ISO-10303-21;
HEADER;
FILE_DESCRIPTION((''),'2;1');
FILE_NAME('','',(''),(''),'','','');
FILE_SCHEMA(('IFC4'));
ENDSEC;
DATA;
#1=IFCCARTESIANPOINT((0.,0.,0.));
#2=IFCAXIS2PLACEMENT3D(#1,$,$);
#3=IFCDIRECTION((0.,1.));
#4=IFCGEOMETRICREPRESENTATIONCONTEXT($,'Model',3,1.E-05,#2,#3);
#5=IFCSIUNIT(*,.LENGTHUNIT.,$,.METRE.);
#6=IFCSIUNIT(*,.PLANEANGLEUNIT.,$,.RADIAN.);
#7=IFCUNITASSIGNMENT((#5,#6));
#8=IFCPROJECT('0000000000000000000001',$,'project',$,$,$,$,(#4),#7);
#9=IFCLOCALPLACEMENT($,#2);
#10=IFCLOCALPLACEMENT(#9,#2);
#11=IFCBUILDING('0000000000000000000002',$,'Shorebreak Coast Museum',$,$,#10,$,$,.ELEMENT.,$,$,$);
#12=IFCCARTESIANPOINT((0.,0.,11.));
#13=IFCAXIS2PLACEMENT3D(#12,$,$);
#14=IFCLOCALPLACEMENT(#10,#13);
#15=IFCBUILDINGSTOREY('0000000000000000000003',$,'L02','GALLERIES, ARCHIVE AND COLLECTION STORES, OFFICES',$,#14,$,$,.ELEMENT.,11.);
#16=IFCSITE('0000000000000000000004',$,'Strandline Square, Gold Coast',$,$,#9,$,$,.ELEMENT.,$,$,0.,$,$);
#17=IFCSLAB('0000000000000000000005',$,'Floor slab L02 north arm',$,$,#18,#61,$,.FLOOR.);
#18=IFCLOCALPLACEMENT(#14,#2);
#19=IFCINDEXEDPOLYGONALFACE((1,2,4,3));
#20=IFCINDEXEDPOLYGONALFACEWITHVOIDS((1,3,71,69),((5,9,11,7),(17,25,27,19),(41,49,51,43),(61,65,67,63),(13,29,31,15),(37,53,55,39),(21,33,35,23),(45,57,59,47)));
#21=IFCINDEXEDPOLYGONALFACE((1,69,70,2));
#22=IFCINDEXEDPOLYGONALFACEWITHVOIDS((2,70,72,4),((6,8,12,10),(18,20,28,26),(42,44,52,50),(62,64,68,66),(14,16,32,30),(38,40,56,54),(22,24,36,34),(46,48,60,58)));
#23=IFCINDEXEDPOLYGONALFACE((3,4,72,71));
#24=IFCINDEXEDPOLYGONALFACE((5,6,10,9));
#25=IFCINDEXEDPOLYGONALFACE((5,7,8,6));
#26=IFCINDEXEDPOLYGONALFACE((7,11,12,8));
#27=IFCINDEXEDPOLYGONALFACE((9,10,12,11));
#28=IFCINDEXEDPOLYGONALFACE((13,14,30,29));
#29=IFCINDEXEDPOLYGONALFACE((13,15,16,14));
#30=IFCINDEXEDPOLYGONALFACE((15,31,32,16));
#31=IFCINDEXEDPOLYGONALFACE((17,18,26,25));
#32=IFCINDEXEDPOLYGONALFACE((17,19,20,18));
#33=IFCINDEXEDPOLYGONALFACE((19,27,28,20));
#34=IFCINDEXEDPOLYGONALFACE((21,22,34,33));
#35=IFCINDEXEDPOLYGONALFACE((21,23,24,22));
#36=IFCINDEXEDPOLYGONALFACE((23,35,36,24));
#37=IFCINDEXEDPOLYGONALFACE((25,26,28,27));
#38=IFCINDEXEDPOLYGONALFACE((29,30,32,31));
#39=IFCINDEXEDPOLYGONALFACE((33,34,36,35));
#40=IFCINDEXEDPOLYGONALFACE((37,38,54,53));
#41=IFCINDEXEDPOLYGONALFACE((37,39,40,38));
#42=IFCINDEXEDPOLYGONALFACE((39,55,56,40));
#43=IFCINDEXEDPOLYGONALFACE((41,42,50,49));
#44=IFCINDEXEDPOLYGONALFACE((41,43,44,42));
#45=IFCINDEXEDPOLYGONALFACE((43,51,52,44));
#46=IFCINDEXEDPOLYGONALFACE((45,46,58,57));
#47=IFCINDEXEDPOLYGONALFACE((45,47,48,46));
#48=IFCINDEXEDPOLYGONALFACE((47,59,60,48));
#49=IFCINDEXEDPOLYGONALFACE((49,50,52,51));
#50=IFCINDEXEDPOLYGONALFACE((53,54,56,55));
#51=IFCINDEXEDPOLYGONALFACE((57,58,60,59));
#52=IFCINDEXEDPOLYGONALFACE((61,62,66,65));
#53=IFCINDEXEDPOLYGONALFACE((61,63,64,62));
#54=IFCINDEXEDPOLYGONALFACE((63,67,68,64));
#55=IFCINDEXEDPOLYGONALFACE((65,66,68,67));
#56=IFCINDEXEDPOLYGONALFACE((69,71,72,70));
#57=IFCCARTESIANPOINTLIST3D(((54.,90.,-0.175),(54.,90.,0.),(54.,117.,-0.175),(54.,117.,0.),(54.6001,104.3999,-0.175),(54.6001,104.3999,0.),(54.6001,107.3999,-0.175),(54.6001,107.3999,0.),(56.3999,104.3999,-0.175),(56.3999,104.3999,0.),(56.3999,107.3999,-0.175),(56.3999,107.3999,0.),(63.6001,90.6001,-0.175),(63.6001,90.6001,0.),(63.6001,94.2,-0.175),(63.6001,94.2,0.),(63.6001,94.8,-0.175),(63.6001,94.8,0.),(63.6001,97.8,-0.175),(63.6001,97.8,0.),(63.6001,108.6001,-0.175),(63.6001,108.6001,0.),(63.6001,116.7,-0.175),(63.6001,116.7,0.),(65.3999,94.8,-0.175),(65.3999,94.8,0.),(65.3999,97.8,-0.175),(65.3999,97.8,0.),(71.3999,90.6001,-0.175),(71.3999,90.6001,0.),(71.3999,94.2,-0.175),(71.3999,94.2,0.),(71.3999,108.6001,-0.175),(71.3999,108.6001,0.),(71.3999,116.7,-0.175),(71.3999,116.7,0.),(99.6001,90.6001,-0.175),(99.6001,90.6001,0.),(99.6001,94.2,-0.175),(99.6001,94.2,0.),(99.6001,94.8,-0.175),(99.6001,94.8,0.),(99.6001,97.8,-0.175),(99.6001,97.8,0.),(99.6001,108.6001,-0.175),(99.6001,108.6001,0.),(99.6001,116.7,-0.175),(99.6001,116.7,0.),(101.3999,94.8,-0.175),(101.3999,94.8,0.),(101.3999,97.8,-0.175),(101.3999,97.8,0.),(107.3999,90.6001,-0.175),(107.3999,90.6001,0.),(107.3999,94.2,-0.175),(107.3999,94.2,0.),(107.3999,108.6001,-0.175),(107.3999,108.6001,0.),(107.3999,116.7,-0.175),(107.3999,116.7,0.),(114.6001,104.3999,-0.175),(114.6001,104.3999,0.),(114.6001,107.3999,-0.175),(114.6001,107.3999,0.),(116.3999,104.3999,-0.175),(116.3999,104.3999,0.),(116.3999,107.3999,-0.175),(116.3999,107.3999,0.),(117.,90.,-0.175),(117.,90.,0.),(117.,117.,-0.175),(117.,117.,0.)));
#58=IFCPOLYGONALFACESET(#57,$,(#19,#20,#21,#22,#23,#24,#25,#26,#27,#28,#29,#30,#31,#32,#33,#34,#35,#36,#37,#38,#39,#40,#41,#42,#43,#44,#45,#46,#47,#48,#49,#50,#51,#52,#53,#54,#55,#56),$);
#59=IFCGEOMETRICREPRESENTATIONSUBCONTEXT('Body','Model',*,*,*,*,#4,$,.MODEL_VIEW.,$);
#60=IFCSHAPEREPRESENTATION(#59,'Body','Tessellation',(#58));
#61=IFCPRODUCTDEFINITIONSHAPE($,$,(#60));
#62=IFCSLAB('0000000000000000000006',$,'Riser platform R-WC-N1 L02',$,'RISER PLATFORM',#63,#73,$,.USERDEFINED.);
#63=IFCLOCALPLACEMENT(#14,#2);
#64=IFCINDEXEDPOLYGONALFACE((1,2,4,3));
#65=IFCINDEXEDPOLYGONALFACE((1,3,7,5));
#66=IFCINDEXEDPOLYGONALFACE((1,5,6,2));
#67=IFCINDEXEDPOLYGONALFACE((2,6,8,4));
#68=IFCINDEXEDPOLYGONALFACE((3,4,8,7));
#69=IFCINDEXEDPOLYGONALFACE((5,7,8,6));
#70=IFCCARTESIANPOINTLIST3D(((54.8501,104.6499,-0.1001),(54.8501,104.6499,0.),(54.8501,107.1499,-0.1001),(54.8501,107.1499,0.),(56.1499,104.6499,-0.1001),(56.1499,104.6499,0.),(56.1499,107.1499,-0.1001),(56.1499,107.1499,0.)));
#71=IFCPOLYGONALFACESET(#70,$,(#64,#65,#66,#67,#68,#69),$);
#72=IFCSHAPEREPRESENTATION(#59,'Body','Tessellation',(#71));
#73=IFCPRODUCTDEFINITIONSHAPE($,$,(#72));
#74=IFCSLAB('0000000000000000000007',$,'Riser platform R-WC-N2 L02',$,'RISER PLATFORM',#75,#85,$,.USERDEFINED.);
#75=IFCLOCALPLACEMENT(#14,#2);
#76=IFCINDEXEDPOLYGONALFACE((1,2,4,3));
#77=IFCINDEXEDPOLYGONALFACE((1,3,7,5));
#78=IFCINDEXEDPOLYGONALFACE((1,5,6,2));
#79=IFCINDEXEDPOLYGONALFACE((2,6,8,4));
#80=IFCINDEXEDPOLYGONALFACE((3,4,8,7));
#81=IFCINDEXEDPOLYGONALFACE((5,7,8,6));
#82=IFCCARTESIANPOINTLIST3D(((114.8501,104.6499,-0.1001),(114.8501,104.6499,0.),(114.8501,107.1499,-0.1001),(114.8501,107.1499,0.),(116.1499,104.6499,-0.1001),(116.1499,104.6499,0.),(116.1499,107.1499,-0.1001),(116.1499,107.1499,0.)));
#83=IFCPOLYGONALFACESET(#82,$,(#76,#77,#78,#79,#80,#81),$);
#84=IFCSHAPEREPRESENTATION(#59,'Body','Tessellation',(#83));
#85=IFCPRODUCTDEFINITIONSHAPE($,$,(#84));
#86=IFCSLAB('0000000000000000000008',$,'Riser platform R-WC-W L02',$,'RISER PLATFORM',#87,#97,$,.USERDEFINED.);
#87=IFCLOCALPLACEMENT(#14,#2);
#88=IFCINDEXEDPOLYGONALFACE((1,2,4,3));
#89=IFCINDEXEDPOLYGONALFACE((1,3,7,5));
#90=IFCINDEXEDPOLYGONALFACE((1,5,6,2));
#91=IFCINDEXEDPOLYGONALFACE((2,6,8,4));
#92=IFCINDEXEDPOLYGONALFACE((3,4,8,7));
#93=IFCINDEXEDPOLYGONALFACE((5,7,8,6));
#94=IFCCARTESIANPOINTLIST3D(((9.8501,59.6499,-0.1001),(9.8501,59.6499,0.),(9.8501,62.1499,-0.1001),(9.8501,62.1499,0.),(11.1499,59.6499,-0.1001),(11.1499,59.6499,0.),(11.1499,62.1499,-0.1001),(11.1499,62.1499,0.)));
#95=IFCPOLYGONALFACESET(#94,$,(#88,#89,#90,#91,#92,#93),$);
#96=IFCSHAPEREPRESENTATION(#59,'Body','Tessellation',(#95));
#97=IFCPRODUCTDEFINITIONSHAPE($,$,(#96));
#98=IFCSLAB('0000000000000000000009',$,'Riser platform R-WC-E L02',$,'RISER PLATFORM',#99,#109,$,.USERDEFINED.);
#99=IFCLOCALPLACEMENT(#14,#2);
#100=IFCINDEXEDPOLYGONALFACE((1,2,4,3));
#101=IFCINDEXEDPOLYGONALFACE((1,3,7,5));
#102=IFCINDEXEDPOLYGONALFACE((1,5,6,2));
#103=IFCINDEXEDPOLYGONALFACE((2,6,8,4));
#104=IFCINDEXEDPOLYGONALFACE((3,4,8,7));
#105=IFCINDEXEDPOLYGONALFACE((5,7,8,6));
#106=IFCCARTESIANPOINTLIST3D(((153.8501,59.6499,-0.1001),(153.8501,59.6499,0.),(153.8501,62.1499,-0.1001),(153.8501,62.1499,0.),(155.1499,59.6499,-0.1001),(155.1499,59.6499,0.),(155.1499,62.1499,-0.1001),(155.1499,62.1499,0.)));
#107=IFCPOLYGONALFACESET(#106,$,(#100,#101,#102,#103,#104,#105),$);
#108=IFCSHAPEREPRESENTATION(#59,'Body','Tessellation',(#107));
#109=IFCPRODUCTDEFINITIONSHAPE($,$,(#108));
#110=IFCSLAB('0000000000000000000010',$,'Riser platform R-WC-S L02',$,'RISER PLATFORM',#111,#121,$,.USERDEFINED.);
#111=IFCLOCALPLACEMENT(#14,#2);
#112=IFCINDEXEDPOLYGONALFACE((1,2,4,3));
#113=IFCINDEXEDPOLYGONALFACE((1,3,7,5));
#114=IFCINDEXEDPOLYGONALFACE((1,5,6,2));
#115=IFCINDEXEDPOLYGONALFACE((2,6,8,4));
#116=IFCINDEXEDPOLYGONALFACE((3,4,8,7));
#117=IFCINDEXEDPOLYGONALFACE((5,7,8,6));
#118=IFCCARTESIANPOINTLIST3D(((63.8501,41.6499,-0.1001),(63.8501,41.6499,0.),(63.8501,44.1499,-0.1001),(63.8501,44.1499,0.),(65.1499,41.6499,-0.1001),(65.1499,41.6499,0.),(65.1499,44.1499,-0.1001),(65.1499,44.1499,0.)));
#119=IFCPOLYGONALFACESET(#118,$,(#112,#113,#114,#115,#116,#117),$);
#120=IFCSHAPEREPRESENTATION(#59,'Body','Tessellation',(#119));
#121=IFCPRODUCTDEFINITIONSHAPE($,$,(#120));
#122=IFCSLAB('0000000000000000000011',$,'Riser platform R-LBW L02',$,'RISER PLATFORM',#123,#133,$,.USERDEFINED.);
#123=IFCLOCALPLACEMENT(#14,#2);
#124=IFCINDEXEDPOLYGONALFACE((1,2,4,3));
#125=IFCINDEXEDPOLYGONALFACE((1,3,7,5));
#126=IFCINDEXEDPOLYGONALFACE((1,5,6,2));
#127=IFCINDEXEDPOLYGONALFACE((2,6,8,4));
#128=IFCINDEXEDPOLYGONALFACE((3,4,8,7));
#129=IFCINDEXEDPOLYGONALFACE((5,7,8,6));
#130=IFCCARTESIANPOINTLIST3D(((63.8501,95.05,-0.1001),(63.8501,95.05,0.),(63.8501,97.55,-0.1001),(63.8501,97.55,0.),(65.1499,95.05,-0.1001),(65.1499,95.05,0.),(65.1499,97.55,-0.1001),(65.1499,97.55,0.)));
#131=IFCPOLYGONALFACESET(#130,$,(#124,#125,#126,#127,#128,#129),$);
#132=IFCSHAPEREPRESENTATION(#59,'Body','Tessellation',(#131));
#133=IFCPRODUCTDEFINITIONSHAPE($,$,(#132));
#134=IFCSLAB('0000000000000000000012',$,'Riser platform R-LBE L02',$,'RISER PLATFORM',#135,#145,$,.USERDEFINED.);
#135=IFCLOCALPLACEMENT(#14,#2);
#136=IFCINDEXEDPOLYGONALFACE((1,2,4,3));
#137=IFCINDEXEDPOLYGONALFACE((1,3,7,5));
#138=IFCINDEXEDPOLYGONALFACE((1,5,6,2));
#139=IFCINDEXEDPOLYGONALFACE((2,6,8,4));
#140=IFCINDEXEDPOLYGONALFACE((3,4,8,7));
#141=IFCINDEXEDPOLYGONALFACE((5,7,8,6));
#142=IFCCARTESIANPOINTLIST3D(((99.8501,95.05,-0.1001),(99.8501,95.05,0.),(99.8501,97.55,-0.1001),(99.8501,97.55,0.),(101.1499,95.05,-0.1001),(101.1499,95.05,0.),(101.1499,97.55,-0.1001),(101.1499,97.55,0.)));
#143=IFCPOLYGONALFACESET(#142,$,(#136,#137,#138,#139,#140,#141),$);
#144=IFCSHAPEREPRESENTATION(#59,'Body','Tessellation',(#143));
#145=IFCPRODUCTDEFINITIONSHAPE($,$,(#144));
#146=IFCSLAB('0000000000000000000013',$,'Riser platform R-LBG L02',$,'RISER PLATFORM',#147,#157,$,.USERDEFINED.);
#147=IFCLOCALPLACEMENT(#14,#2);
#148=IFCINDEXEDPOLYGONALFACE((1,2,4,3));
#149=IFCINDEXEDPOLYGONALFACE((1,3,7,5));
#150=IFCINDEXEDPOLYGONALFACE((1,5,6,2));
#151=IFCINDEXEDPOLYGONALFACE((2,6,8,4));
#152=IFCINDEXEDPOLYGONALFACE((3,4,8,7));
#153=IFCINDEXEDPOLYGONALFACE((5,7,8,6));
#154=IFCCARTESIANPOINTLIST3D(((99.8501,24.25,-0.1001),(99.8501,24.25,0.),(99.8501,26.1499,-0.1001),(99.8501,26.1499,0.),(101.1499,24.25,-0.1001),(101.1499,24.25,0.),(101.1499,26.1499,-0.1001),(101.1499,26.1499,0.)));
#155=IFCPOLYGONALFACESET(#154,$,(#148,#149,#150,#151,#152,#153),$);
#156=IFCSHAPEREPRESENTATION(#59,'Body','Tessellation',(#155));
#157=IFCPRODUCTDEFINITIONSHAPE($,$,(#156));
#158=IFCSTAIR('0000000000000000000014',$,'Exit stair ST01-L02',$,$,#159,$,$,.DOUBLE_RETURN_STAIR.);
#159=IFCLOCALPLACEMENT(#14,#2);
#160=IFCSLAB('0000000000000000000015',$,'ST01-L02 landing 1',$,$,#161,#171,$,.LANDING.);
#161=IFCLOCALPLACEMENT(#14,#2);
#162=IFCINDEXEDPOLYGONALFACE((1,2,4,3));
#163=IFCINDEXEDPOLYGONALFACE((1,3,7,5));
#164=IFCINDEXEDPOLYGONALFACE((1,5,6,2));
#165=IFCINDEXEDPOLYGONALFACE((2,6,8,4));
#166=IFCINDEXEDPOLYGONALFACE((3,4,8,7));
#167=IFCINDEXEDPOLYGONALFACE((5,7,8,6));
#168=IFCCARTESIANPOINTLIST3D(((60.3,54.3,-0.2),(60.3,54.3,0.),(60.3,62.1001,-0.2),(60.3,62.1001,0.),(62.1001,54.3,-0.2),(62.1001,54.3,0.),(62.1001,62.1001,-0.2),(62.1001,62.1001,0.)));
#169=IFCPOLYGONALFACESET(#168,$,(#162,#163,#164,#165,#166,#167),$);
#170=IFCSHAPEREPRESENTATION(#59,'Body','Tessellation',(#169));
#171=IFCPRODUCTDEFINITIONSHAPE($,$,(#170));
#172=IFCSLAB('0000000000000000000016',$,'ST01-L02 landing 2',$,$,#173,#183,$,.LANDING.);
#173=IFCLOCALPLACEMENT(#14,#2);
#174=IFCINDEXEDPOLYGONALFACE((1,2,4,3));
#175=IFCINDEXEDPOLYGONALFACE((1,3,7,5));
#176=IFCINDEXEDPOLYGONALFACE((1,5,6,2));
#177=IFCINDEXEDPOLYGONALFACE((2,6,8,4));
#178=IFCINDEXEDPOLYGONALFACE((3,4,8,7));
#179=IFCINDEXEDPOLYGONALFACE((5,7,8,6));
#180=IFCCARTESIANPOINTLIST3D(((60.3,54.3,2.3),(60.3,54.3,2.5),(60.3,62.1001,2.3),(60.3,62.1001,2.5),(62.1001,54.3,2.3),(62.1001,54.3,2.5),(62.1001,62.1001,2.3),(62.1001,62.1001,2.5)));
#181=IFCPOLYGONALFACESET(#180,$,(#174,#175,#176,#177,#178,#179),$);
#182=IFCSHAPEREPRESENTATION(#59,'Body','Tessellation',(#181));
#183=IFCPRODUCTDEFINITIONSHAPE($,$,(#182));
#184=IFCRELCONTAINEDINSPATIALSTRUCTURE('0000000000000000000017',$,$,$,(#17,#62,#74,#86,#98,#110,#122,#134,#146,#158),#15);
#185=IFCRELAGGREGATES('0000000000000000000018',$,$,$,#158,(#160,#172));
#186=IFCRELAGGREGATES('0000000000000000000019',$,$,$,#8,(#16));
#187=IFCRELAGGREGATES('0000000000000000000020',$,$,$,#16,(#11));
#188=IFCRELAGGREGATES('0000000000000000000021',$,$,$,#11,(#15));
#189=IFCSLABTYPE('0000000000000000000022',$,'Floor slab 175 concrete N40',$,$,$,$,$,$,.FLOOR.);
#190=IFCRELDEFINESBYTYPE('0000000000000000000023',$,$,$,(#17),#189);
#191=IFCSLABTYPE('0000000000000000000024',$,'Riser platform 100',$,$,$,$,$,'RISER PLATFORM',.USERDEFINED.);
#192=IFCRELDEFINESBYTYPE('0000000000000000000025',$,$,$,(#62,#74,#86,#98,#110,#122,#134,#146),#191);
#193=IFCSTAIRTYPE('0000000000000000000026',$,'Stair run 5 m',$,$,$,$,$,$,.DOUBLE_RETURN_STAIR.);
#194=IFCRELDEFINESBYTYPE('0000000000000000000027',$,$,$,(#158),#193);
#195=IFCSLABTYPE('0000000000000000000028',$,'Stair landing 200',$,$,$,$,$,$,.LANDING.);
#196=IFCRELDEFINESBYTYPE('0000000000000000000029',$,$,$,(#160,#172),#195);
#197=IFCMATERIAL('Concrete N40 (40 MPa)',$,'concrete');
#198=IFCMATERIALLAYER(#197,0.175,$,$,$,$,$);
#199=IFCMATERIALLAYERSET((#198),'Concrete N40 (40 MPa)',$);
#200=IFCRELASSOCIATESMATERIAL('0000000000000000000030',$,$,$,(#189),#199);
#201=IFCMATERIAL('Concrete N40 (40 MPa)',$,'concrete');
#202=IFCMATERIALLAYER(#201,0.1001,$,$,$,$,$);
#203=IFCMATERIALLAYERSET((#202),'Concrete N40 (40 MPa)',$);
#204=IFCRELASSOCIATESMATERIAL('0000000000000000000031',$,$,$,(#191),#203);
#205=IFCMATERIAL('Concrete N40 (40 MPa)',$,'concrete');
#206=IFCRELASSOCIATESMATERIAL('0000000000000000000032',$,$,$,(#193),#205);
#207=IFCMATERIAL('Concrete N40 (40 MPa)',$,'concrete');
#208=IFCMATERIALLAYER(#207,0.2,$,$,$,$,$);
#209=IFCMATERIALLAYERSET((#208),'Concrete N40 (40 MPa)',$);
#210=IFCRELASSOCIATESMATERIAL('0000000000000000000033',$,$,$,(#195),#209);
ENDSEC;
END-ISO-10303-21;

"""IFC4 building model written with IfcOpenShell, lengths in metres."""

from ifc_helpers import new_model, si_unit, direction, frame, origin, place, context, subcontext, project, spatial, polyline, outline, extrude, material, layer, layer_set, type_object, element, aggregate, save


model = new_model("IFC4")

# Units and contexts
model_context = context("Model", 3, precision=1e-05, world=origin(), true_north=direction((0.0, 1.0)))
body_context = subcontext(model_context, "Body", "Model", "MODEL_VIEW")
ifc_project = project(units=[si_unit("LENGTHUNIT", "METRE"), si_unit("PLANEANGLEUNIT", "RADIAN")], contexts=[model_context])

# Site, building, storey
site_placement = place(None, origin())
site = spatial("IfcSite", under=ifc_project, at=site_placement, Name="Strandline Square, Gold Coast", CompositionType="ELEMENT", RefElevation=0.0)
building_placement = place(site_placement, origin())
building = spatial("IfcBuilding", under=site, at=building_placement, Name="Shorebreak Coast Museum", CompositionType="ELEMENT")
storey_placement = place(building_placement, frame((0.0, 0.0, 11.0)))
storey = spatial("IfcBuildingStorey", under=building, at=storey_placement, Name="L02", Description="GALLERIES, ARCHIVE AND COLLECTION STORES, OFFICES", CompositionType="ELEMENT", Elevation=11.0)

# Slabs
ifc_material_1 = material(Name="Concrete N40 (40 MPa)", Category="concrete")
ifc_layer_1 = layer(ifc_material_1, 0.175)
ifc_layer_set_1 = layer_set([ifc_layer_1], Name="Concrete N40 (40 MPa)")
slab_type_1 = type_object("IfcSlabType", Name="Floor slab 175 concrete N40", PredefinedType="FLOOR", material=ifc_layer_set_1)
slab_1_placement = place(storey_placement, frame((0.0, 0.0, -0.175)))
element("IfcSlab", 1, at=slab_1_placement, inside=storey, type_object=slab_type_1, Name="Floor slab L02 north arm", PredefinedType="FLOOR", context=body_context, shape_type="SweptSolid", body=[
    extrude(outline(polyline([(117.0, 90.0), (117.0, 117.0), (54.0, 117.0), (54.0, 90.0), (117.0, 90.0)]), holes=[polyline([(107.3999, 90.6001), (99.6001, 90.6001), (99.6001, 94.2), (107.3999, 94.2), (107.3999, 90.6001)]), polyline([(63.6001, 90.6001), (63.6001, 94.2), (71.3999, 94.2), (71.3999, 90.6001), (63.6001, 90.6001)]), polyline([(99.6001, 97.8), (101.3999, 97.8), (101.3999, 94.8), (99.6001, 94.8), (99.6001, 97.8)]), polyline([(65.3999, 97.8), (65.3999, 94.8), (63.6001, 94.8), (63.6001, 97.8), (65.3999, 97.8)]), polyline([(56.3999, 104.3999), (54.6001, 104.3999), (54.6001, 107.3999), (56.3999, 107.3999), (56.3999, 104.3999)]), polyline([(114.6001, 104.3999), (114.6001, 107.3999), (116.3999, 107.3999), (116.3999, 104.3999), (114.6001, 104.3999)]), polyline([(63.6001, 116.7), (71.3999, 116.7), (71.3999, 108.6001), (63.6001, 108.6001), (63.6001, 116.7)]), polyline([(107.3999, 116.7), (107.3999, 108.6001), (99.6001, 108.6001), (99.6001, 116.7), (107.3999, 116.7)])]), origin(), (0.0, 0.0, 1.0), 0.175),
])
ifc_material_2 = material(Name="Concrete N40 (40 MPa)", Category="concrete")
ifc_layer_2 = layer(ifc_material_2, 0.1001)
ifc_layer_set_2 = layer_set([ifc_layer_2], Name="Concrete N40 (40 MPa)")
slab_type_2 = type_object("IfcSlabType", Name="Riser platform 100", ElementType="RISER PLATFORM", PredefinedType="USERDEFINED", material=ifc_layer_set_2)
slab_2_placement = place(storey_placement, frame((0.0, 0.0, -0.1001)))
element("IfcSlab", 2, at=slab_2_placement, inside=storey, type_object=slab_type_2, Name="Riser platform R-WC-N1 L02", ObjectType="RISER PLATFORM", PredefinedType="USERDEFINED", context=body_context, shape_type="SweptSolid", body=[
    extrude(outline(polyline([(54.8501, 104.6499), (56.1499, 104.6499), (56.1499, 107.1499), (54.8501, 107.1499), (54.8501, 104.6499)])), origin(), (0.0, 0.0, 1.0), 0.1001),
])
slab_3_placement = place(storey_placement, frame((0.0, 0.0, -0.1001)))
element("IfcSlab", 3, at=slab_3_placement, inside=storey, type_object=slab_type_2, Name="Riser platform R-WC-N2 L02", ObjectType="RISER PLATFORM", PredefinedType="USERDEFINED", context=body_context, shape_type="SweptSolid", body=[
    extrude(outline(polyline([(114.8501, 104.6499), (116.1499, 104.6499), (116.1499, 107.1499), (114.8501, 107.1499), (114.8501, 104.6499)])), origin(), (0.0, 0.0, 1.0), 0.1001),
])
slab_4_placement = place(storey_placement, frame((0.0, 0.0, -0.1001)))
element("IfcSlab", 4, at=slab_4_placement, inside=storey, type_object=slab_type_2, Name="Riser platform R-WC-W L02", ObjectType="RISER PLATFORM", PredefinedType="USERDEFINED", context=body_context, shape_type="SweptSolid", body=[
    extrude(outline(polyline([(9.8501, 59.6499), (11.1499, 59.6499), (11.1499, 62.1499), (9.8501, 62.1499), (9.8501, 59.6499)])), origin(), (0.0, 0.0, 1.0), 0.1001),
])
slab_5_placement = place(storey_placement, frame((0.0, 0.0, -0.1001)))
element("IfcSlab", 5, at=slab_5_placement, inside=storey, type_object=slab_type_2, Name="Riser platform R-WC-E L02", ObjectType="RISER PLATFORM", PredefinedType="USERDEFINED", context=body_context, shape_type="SweptSolid", body=[
    extrude(outline(polyline([(153.8501, 59.6499), (155.1499, 59.6499), (155.1499, 62.1499), (153.8501, 62.1499), (153.8501, 59.6499)])), origin(), (0.0, 0.0, 1.0), 0.1001),
])
slab_6_placement = place(storey_placement, frame((0.0, 0.0, -0.1001)))
element("IfcSlab", 6, at=slab_6_placement, inside=storey, type_object=slab_type_2, Name="Riser platform R-WC-S L02", ObjectType="RISER PLATFORM", PredefinedType="USERDEFINED", context=body_context, shape_type="SweptSolid", body=[
    extrude(outline(polyline([(63.8501, 41.6499), (65.1499, 41.6499), (65.1499, 44.1499), (63.8501, 44.1499), (63.8501, 41.6499)])), origin(), (0.0, 0.0, 1.0), 0.1001),
])
slab_7_placement = place(storey_placement, frame((0.0, 0.0, -0.1001)))
element("IfcSlab", 7, at=slab_7_placement, inside=storey, type_object=slab_type_2, Name="Riser platform R-LBW L02", ObjectType="RISER PLATFORM", PredefinedType="USERDEFINED", context=body_context, shape_type="SweptSolid", body=[
    extrude(outline(polyline([(63.8501, 95.05), (65.1499, 95.05), (65.1499, 97.55), (63.8501, 97.55), (63.8501, 95.05)])), origin(), (0.0, 0.0, 1.0), 0.1001),
])
slab_8_placement = place(storey_placement, frame((0.0, 0.0, -0.1001)))
element("IfcSlab", 8, at=slab_8_placement, inside=storey, type_object=slab_type_2, Name="Riser platform R-LBE L02", ObjectType="RISER PLATFORM", PredefinedType="USERDEFINED", context=body_context, shape_type="SweptSolid", body=[
    extrude(outline(polyline([(99.8501, 95.05), (101.1499, 95.05), (101.1499, 97.55), (99.8501, 97.55), (99.8501, 95.05)])), origin(), (0.0, 0.0, 1.0), 0.1001),
])
slab_9_placement = place(storey_placement, frame((0.0, 0.0, -0.1001)))
element("IfcSlab", 9, at=slab_9_placement, inside=storey, type_object=slab_type_2, Name="Riser platform R-LBG L02", ObjectType="RISER PLATFORM", PredefinedType="USERDEFINED", context=body_context, shape_type="SweptSolid", body=[
    extrude(outline(polyline([(99.8501, 24.25), (101.1499, 24.25), (101.1499, 26.1499), (99.8501, 26.1499), (99.8501, 24.25)])), origin(), (0.0, 0.0, 1.0), 0.1001),
])

# Stair, slabs
ifc_material_3 = material(Name="Concrete N40 (40 MPa)", Category="concrete")
stair_type = type_object("IfcStairType", Name="Stair run 5 m", PredefinedType="DOUBLE_RETURN_STAIR", material=ifc_material_3)
stair_1_placement = place(storey_placement, origin())
stair_1 = element("IfcStair", 10, at=stair_1_placement, inside=storey, type_object=stair_type, Name="Exit stair ST01-L02", PredefinedType="DOUBLE_RETURN_STAIR")
ifc_material_4 = material(Name="Concrete N40 (40 MPa)", Category="concrete")
ifc_layer_3 = layer(ifc_material_4, 0.2)
ifc_layer_set_3 = layer_set([ifc_layer_3], Name="Concrete N40 (40 MPa)")
slab_type_3 = type_object("IfcSlabType", Name="Stair landing 200", PredefinedType="LANDING", material=ifc_layer_set_3)
slab_10_placement = place(storey_placement, frame((0.0, 0.0, -0.2)))
slab_10 = element("IfcSlab", 11, at=slab_10_placement, type_object=slab_type_3, Name="ST01-L02 landing 1", PredefinedType="LANDING", context=body_context, shape_type="SweptSolid", body=[
    extrude(outline(polyline([(60.3, 54.3), (62.1001, 54.3), (62.1001, 62.1001), (60.3, 62.1001), (60.3, 54.3)])), origin(), (0.0, 0.0, 1.0), 0.2),
])
slab_11_placement = place(storey_placement, frame((0.0, 0.0, 2.3)))
slab_11 = element("IfcSlab", 12, at=slab_11_placement, type_object=slab_type_3, Name="ST01-L02 landing 2", PredefinedType="LANDING", context=body_context, shape_type="SweptSolid", body=[
    extrude(outline(polyline([(60.3, 54.3), (62.1001, 54.3), (62.1001, 62.1001), (60.3, 62.1001), (60.3, 54.3)])), origin(), (0.0, 0.0, 1.0), 0.2),
])
aggregate(stair_1, [slab_10, slab_11])

save(model, "model.ifc")
